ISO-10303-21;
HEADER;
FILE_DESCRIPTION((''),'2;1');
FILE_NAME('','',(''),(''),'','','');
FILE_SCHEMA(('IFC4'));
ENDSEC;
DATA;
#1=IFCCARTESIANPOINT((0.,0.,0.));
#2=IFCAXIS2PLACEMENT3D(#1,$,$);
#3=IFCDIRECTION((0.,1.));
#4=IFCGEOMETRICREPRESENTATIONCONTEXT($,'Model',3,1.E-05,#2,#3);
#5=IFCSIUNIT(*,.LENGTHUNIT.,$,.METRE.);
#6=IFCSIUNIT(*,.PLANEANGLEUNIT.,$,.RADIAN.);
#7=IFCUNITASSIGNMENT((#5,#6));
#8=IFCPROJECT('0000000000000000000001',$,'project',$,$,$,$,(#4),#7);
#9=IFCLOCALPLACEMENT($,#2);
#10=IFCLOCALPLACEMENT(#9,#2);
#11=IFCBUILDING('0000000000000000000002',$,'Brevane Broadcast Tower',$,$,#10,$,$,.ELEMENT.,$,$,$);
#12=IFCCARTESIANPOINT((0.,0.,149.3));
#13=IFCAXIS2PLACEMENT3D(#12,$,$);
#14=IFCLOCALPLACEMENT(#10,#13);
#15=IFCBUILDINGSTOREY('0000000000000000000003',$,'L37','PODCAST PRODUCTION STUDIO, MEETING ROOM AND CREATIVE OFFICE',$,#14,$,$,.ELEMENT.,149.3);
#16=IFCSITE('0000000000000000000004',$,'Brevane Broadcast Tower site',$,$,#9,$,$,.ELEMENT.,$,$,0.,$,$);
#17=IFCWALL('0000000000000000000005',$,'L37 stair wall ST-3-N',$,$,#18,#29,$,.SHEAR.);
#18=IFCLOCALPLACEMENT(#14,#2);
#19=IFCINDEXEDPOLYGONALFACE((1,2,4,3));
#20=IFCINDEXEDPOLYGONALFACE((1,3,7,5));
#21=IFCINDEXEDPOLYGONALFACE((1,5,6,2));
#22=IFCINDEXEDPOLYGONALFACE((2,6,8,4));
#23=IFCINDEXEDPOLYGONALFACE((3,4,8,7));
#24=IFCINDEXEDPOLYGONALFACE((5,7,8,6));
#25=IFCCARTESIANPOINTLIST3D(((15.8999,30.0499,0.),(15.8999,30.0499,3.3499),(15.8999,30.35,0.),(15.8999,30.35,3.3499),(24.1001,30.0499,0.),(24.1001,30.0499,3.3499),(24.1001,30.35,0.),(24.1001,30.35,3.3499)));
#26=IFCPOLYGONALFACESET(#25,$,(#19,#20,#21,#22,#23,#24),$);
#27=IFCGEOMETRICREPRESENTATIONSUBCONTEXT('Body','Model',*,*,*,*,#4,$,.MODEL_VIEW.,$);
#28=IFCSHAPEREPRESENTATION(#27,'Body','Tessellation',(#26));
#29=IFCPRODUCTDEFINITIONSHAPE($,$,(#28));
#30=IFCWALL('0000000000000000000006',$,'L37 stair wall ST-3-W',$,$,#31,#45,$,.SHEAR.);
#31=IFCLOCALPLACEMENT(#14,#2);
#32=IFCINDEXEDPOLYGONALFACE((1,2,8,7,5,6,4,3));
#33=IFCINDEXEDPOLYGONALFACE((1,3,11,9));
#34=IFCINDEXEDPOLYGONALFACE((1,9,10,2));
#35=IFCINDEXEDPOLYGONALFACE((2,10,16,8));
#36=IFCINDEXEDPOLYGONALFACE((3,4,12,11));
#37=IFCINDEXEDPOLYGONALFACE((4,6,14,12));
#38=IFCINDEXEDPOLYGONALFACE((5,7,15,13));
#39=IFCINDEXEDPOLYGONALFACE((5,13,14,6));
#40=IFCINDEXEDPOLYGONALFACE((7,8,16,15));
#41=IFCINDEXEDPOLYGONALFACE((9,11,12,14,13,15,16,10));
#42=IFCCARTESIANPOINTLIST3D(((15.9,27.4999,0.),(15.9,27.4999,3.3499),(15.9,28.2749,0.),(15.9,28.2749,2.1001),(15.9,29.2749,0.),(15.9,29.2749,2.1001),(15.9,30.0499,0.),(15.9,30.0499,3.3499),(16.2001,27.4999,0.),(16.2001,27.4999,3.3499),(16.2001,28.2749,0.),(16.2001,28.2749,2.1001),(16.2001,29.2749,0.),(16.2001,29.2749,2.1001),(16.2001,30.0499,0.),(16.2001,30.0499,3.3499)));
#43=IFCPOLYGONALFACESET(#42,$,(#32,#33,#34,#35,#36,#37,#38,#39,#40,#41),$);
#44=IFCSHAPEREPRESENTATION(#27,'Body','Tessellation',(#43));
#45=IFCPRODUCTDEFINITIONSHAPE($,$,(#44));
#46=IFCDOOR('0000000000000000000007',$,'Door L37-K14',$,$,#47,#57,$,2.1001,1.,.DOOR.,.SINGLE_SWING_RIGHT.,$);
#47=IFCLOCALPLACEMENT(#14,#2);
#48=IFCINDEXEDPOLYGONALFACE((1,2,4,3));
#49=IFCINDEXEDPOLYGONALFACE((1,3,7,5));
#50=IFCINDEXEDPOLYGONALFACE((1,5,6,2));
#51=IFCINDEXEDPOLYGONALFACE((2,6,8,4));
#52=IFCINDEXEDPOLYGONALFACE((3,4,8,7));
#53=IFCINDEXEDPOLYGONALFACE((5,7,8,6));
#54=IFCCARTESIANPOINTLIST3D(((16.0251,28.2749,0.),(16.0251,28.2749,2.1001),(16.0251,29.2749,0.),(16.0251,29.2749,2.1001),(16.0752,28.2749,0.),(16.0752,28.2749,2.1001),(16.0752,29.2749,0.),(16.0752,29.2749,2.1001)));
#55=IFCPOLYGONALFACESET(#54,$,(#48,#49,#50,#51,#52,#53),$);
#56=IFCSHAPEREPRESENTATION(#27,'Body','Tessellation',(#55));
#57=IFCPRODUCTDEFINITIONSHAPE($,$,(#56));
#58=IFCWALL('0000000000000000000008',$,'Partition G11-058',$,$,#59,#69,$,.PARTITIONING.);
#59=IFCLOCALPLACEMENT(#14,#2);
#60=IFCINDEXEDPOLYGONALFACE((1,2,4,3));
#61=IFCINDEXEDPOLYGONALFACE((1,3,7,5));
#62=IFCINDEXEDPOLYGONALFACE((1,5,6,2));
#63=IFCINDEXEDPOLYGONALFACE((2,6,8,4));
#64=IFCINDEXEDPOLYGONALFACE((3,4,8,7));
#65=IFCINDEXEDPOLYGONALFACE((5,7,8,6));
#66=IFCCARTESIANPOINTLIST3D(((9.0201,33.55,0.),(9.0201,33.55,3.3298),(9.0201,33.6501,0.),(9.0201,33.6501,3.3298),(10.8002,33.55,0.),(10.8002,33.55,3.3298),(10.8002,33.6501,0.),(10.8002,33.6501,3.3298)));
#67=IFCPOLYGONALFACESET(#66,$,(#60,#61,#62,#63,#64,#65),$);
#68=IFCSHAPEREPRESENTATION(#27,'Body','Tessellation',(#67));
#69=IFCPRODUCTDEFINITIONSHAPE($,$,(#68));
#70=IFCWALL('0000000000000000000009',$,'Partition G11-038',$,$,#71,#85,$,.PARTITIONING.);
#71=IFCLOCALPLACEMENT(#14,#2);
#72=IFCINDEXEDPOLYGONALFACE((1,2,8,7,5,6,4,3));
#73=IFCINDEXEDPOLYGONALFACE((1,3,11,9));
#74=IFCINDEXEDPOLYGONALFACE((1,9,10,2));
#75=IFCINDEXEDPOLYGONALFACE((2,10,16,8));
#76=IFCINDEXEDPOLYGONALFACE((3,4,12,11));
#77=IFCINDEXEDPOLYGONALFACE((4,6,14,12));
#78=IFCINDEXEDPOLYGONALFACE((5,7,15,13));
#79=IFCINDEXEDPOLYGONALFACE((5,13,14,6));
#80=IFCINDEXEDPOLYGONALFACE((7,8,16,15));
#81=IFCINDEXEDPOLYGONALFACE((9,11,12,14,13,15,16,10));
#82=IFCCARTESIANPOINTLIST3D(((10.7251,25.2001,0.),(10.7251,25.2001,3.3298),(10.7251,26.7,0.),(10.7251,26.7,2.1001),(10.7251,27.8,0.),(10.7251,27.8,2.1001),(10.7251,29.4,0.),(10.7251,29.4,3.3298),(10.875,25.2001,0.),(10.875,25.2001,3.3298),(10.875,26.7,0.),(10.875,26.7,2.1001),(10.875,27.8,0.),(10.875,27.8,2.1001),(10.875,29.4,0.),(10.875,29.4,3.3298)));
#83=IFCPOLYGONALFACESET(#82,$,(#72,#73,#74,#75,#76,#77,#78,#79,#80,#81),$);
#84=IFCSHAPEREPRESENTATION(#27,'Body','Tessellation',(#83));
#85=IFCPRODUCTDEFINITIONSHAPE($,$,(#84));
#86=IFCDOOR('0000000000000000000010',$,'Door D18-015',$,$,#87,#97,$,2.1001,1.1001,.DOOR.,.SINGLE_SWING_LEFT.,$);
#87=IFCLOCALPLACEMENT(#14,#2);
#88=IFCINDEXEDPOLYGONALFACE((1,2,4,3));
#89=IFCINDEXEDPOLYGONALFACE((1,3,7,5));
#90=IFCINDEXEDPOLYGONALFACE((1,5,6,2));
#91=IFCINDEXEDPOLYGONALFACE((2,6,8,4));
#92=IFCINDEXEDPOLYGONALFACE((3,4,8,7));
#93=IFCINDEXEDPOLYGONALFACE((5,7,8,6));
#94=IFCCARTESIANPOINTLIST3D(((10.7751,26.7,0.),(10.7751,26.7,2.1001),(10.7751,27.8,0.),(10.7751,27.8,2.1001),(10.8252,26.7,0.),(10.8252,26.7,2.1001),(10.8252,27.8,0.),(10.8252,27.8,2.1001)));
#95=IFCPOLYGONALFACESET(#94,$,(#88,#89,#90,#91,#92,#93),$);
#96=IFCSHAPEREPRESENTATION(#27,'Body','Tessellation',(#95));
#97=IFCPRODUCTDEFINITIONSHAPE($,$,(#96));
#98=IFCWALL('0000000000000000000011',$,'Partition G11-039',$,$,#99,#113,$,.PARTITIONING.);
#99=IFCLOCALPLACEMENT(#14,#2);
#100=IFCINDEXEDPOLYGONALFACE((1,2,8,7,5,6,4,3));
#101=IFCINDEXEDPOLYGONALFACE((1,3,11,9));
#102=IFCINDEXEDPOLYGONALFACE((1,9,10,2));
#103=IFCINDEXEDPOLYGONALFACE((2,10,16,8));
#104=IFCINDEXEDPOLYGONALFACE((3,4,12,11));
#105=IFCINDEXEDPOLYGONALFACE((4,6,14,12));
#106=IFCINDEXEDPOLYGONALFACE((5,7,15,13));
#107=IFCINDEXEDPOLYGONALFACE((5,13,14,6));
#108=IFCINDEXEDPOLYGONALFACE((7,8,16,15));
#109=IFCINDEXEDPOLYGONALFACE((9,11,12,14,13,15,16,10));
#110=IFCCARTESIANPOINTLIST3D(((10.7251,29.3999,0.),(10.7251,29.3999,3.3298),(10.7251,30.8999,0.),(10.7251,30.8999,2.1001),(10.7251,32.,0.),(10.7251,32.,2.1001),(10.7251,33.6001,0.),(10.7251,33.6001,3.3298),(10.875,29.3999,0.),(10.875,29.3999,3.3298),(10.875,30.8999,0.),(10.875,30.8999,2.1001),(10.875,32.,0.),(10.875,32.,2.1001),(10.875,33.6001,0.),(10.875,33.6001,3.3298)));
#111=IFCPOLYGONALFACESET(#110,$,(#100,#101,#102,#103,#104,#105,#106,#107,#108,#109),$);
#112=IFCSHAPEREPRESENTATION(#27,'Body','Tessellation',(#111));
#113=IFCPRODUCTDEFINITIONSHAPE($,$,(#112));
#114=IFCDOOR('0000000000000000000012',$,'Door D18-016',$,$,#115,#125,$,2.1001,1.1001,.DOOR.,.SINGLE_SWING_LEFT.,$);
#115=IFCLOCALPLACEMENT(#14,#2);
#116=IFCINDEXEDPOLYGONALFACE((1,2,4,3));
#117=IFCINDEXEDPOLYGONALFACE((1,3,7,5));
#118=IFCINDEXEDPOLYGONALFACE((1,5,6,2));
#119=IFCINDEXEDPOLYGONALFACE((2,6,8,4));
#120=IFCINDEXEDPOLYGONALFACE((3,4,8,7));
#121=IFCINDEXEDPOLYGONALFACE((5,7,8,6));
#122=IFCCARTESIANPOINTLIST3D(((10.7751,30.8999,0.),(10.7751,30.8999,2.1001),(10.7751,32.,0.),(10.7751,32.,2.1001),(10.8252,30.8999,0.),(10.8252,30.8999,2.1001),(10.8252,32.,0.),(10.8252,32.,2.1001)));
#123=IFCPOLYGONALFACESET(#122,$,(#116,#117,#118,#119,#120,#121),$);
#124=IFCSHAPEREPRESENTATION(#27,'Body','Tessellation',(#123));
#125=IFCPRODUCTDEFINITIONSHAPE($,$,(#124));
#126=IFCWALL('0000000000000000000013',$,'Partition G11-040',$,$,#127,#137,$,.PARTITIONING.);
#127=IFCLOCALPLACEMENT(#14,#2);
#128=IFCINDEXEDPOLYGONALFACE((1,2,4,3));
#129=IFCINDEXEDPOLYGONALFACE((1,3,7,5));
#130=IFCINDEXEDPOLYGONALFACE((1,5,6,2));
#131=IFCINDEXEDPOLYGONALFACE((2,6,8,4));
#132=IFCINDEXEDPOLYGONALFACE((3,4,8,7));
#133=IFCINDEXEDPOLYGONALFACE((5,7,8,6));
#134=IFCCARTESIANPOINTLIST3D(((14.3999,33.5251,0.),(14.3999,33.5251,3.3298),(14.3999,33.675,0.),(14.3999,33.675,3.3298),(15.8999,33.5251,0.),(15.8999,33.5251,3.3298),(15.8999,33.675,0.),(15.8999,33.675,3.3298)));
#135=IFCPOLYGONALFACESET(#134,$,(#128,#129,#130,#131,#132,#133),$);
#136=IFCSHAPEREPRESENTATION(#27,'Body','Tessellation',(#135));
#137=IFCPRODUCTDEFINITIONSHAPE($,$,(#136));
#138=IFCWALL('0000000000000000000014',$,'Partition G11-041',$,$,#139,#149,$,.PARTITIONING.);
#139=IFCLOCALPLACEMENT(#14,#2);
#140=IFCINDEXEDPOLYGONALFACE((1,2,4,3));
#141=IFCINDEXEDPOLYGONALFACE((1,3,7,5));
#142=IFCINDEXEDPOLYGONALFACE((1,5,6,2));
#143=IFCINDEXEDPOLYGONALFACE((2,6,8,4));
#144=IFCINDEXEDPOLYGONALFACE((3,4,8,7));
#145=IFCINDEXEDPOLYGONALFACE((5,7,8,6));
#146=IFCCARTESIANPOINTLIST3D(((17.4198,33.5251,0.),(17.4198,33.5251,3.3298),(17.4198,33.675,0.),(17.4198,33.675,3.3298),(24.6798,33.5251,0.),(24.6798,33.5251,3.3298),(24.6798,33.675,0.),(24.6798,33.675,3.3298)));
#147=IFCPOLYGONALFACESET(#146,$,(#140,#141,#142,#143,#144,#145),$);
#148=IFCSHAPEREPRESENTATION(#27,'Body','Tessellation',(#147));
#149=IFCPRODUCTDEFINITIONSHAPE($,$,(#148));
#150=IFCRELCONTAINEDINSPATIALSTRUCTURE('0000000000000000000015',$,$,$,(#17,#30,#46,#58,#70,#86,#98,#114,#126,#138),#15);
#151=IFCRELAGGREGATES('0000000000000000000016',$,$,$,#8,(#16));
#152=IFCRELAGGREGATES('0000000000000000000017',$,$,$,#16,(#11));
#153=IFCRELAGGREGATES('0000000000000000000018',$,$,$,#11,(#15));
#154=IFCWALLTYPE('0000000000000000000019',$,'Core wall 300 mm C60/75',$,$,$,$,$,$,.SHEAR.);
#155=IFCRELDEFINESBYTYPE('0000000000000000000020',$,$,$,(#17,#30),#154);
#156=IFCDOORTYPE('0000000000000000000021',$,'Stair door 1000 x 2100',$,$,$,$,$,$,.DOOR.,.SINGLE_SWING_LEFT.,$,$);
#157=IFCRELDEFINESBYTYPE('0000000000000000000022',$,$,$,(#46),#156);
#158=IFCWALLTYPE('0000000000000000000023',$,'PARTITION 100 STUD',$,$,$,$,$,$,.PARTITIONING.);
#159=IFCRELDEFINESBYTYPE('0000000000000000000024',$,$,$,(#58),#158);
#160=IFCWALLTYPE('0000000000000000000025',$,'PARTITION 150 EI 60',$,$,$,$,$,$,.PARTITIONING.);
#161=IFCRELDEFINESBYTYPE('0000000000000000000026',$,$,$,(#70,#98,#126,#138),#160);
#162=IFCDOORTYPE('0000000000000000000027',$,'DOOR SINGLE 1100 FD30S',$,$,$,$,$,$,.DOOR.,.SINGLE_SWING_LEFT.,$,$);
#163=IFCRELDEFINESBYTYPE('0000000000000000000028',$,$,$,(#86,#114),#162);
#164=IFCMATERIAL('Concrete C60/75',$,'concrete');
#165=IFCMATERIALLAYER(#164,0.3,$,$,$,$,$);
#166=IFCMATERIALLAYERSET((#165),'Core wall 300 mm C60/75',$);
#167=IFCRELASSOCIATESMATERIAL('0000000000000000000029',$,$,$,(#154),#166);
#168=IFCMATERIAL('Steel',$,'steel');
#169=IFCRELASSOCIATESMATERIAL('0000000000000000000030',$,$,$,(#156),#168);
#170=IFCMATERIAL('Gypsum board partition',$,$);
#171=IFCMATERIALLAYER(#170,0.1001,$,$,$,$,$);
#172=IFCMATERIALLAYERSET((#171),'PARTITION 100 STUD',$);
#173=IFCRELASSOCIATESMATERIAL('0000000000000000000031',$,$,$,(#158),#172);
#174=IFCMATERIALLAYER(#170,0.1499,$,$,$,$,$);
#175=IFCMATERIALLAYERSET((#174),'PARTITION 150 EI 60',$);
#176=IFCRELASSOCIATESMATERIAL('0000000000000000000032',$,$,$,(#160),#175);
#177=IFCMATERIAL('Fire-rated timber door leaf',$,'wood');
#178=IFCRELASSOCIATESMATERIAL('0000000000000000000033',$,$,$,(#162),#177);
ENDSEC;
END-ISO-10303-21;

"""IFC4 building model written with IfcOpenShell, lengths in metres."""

from ifc_helpers import new_model, si_unit, direction, frame, frame_2d, origin, place, context, subcontext, project, spatial, rectangle, extrude, material, layer, layer_set, type_object, element, fill, save


model = new_model("IFC4")

# Units and contexts
model_context = context("Model", 3, precision=1e-05, world=origin(), true_north=direction((0.0, 1.0)))
body_context = subcontext(model_context, "Body", "Model", "MODEL_VIEW")
ifc_project = project(units=[si_unit("LENGTHUNIT", "METRE"), si_unit("PLANEANGLEUNIT", "RADIAN")], contexts=[model_context])

# Site, building, storey
site_placement = place(None, origin())
site = spatial("IfcSite", under=ifc_project, at=site_placement, Name="Brevane Broadcast Tower site", CompositionType="ELEMENT", RefElevation=0.0)
building_placement = place(site_placement, origin())
building = spatial("IfcBuilding", under=site, at=building_placement, Name="Brevane Broadcast Tower", CompositionType="ELEMENT")
storey_placement = place(building_placement, frame((0.0, 0.0, 149.3)))
storey = spatial("IfcBuildingStorey", under=building, at=storey_placement, Name="L37", Description="PODCAST PRODUCTION STUDIO, MEETING ROOM AND CREATIVE OFFICE", CompositionType="ELEMENT", Elevation=149.3)

# Shared definitions
ifc_material_1 = material(Name="Concrete C60/75", Category="concrete")

# Shared definitions
ifc_material_2 = material(Name="Steel", Category="steel")

# Shared definitions
ifc_layer_1 = layer(ifc_material_1, 0.3)
ifc_layer_set_1 = layer_set([ifc_layer_1], Name="Core wall 300 mm C60/75")
wall_type_1 = type_object("IfcWallType", Name="Core wall 300 mm C60/75", PredefinedType="SHEAR", material=ifc_layer_set_1)
door_type_1 = type_object("IfcDoorType", Name="Stair door 1000 x 2100", OperationType="SINGLE_SWING_LEFT", PredefinedType="DOOR", material=ifc_material_2)

# Wall
for number, where, z_axis, x_axis, name in (
    (1, (15.8999, 30.2, 0.0), (0.0, 0.0, 1.0), (1.0, 0.0, 0.0), "L37 stair wall ST-3-N"),
):
    element("IfcWall", number, at=place(storey_placement, frame(where, z_axis=z_axis, x_axis=x_axis)), inside=storey, type_object=wall_type_1, Name=name, PredefinedType="SHEAR", context=body_context, shape_type="SweptSolid", body=[
        extrude(rectangle(XDim=8.2002, YDim=0.3, at=frame_2d((4.1001, 0.0))), origin(), (0.0, 0.0, 1.0), 3.3499),
    ])

# Wall, opening, door
wall_1_placement = place(storey_placement, frame((16.05, 27.5, 0.0), z_axis=(0.0, 0.0, 1.0), x_axis=(0.0, 1.0, 0.0)))
wall_1 = element("IfcWall", 2, at=wall_1_placement, inside=storey, type_object=wall_type_1, Name="L37 stair wall ST-3-W", PredefinedType="SHEAR", context=body_context, shape_type="SweptSolid", body=[
    extrude(rectangle(XDim=2.55, YDim=0.3, at=frame_2d((1.2749, 0.0))), origin(), (0.0, 0.0, 1.0), 3.3499),
])
opening_1_placement = place(wall_1_placement, frame((0.7749, 0.0, 0.0)))
opening_1 = element("IfcOpeningElement", 3, at=opening_1_placement, cuts=wall_1, PredefinedType="OPENING", context=body_context, shape_type="SweptSolid", body=[
    extrude(rectangle(XDim=1.0, YDim=2.1001, at=frame_2d((0.5, 1.05))), frame((0.0, 0.1599, 0.0), z_axis=(0.0, -1.0, 0.0), x_axis=(1.0, 0.0, 0.0)), (0.0, 0.0, 1.0), 0.3201),
])
door_1_placement = place(opening_1_placement, origin())
door_1 = element("IfcDoor", 4, at=door_1_placement, inside=storey, type_object=door_type_1, Name="Door L37-K14", OperationType="SINGLE_SWING_RIGHT", OverallHeight=2.1001, OverallWidth=1.0, PredefinedType="DOOR", context=body_context, shape_type="SweptSolid", body=[
    extrude(rectangle(XDim=1.0, YDim=2.1001, at=frame_2d((0.5, 1.05))), frame((0.0, 0.0249, 0.0), z_axis=(0.0, -1.0, 0.0), x_axis=(1.0, 0.0, 0.0)), (0.0, 0.0, 1.0), 0.05),
])
fill(opening_1, door_1)

# Wall
ifc_material_3 = material(Name="Gypsum board partition")
ifc_layer_2 = layer(ifc_material_3, 0.1001)
ifc_layer_set_2 = layer_set([ifc_layer_2], Name="PARTITION 100 STUD")
wall_type_2 = type_object("IfcWallType", Name="PARTITION 100 STUD", PredefinedType="PARTITIONING", material=ifc_layer_set_2)
wall_2_placement = place(storey_placement, frame((9.02, 33.6001, 0.0), z_axis=(0.0, 0.0, 1.0), x_axis=(1.0, 0.0, 0.0)))
element("IfcWall", 5, at=wall_2_placement, inside=storey, type_object=wall_type_2, Name="Partition G11-058", PredefinedType="PARTITIONING", context=body_context, shape_type="SweptSolid", body=[
    extrude(rectangle(XDim=1.78, YDim=0.1001, at=frame_2d((0.8901, 0.0))), origin(), (0.0, 0.0, 1.0), 3.3298),
])

# Walls, openings, doors
ifc_layer_3 = layer(ifc_material_3, 0.1499)
ifc_layer_set_3 = layer_set([ifc_layer_3], Name="PARTITION 150 EI 60")
wall_type_3 = type_object("IfcWallType", Name="PARTITION 150 EI 60", PredefinedType="PARTITIONING", material=ifc_layer_set_3)
wall_3_placement = place(storey_placement, frame((10.8, 25.2, 0.0), z_axis=(0.0, 0.0, 1.0), x_axis=(0.0, 1.0, 0.0)))
wall_3 = element("IfcWall", 6, at=wall_3_placement, inside=storey, type_object=wall_type_3, Name="Partition G11-038", PredefinedType="PARTITIONING", context=body_context, shape_type="SweptSolid", body=[
    extrude(rectangle(XDim=4.2, YDim=0.1499, at=frame_2d((2.1001, 0.0))), origin(), (0.0, 0.0, 1.0), 3.3298),
])
opening_2_placement = place(wall_3_placement, frame((1.5, 0.0, 0.0)))
opening_2 = element("IfcOpeningElement", 7, at=opening_2_placement, cuts=wall_3, PredefinedType="OPENING", context=body_context, shape_type="SweptSolid", body=[
    extrude(rectangle(XDim=1.1001, YDim=2.1001, at=frame_2d((0.55, 1.05))), frame((0.0, 0.085, 0.0), z_axis=(0.0, -1.0, 0.0), x_axis=(1.0, 0.0, 0.0)), (0.0, 0.0, 1.0), 0.1699),
])
ifc_material_4 = material(Name="Fire-rated timber door leaf", Category="wood")
door_type_2 = type_object("IfcDoorType", Name="DOOR SINGLE 1100 FD30S", OperationType="SINGLE_SWING_LEFT", PredefinedType="DOOR", material=ifc_material_4)
door_2_placement = place(opening_2_placement, origin())
door_2 = element("IfcDoor", 8, at=door_2_placement, inside=storey, type_object=door_type_2, Name="Door D18-015", OperationType="SINGLE_SWING_LEFT", OverallHeight=2.1001, OverallWidth=1.1001, PredefinedType="DOOR", context=body_context, shape_type="SweptSolid", body=[
    extrude(rectangle(XDim=1.1001, YDim=2.1001, at=frame_2d((0.55, 1.05))), frame((0.0, 0.0249, 0.0), z_axis=(0.0, -1.0, 0.0), x_axis=(1.0, 0.0, 0.0)), (0.0, 0.0, 1.0), 0.05),
])
fill(opening_2, door_2)
wall_4_placement = place(storey_placement, frame((10.8, 29.3999, 0.0), z_axis=(0.0, 0.0, 1.0), x_axis=(0.0, 1.0, 0.0)))
wall_4 = element("IfcWall", 9, at=wall_4_placement, inside=storey, type_object=wall_type_3, Name="Partition G11-039", PredefinedType="PARTITIONING", context=body_context, shape_type="SweptSolid", body=[
    extrude(rectangle(XDim=4.2002, YDim=0.1499, at=frame_2d((2.1001, 0.0))), origin(), (0.0, 0.0, 1.0), 3.3298),
])
opening_3_placement = place(wall_4_placement, frame((1.5, 0.0, 0.0)))
opening_3 = element("IfcOpeningElement", 10, at=opening_3_placement, cuts=wall_4, PredefinedType="OPENING", context=body_context, shape_type="SweptSolid", body=[
    extrude(rectangle(XDim=1.1001, YDim=2.1001, at=frame_2d((0.55, 1.05))), frame((0.0, 0.085, 0.0), z_axis=(0.0, -1.0, 0.0), x_axis=(1.0, 0.0, 0.0)), (0.0, 0.0, 1.0), 0.1699),
])
door_3_placement = place(opening_3_placement, origin())
door_3 = element("IfcDoor", 11, at=door_3_placement, inside=storey, type_object=door_type_2, Name="Door D18-016", OperationType="SINGLE_SWING_LEFT", OverallHeight=2.1001, OverallWidth=1.1001, PredefinedType="DOOR", context=body_context, shape_type="SweptSolid", body=[
    extrude(rectangle(XDim=1.1001, YDim=2.1001, at=frame_2d((0.55, 1.05))), frame((0.0, 0.0249, 0.0), z_axis=(0.0, -1.0, 0.0), x_axis=(1.0, 0.0, 0.0)), (0.0, 0.0, 1.0), 0.05),
])
fill(opening_3, door_3)

# Walls
wall_5_placement = place(storey_placement, frame((14.3999, 33.6001, 0.0), z_axis=(0.0, 0.0, 1.0), x_axis=(1.0, 0.0, 0.0)))
element("IfcWall", 12, at=wall_5_placement, inside=storey, type_object=wall_type_3, Name="Partition G11-040", PredefinedType="PARTITIONING", context=body_context, shape_type="SweptSolid", body=[
    extrude(rectangle(XDim=1.5, YDim=0.1499, at=frame_2d((0.75, 0.0))), origin(), (0.0, 0.0, 1.0), 3.3298),
])
wall_6_placement = place(storey_placement, frame((17.4199, 33.6001, 0.0), z_axis=(0.0, 0.0, 1.0), x_axis=(1.0, 0.0, 0.0)))
element("IfcWall", 13, at=wall_6_placement, inside=storey, type_object=wall_type_3, Name="Partition G11-041", PredefinedType="PARTITIONING", context=body_context, shape_type="SweptSolid", body=[
    extrude(rectangle(XDim=7.26, YDim=0.1499, at=frame_2d((3.6299, 0.0))), origin(), (0.0, 0.0, 1.0), 3.3298),
])

save(model, "model.ifc")
